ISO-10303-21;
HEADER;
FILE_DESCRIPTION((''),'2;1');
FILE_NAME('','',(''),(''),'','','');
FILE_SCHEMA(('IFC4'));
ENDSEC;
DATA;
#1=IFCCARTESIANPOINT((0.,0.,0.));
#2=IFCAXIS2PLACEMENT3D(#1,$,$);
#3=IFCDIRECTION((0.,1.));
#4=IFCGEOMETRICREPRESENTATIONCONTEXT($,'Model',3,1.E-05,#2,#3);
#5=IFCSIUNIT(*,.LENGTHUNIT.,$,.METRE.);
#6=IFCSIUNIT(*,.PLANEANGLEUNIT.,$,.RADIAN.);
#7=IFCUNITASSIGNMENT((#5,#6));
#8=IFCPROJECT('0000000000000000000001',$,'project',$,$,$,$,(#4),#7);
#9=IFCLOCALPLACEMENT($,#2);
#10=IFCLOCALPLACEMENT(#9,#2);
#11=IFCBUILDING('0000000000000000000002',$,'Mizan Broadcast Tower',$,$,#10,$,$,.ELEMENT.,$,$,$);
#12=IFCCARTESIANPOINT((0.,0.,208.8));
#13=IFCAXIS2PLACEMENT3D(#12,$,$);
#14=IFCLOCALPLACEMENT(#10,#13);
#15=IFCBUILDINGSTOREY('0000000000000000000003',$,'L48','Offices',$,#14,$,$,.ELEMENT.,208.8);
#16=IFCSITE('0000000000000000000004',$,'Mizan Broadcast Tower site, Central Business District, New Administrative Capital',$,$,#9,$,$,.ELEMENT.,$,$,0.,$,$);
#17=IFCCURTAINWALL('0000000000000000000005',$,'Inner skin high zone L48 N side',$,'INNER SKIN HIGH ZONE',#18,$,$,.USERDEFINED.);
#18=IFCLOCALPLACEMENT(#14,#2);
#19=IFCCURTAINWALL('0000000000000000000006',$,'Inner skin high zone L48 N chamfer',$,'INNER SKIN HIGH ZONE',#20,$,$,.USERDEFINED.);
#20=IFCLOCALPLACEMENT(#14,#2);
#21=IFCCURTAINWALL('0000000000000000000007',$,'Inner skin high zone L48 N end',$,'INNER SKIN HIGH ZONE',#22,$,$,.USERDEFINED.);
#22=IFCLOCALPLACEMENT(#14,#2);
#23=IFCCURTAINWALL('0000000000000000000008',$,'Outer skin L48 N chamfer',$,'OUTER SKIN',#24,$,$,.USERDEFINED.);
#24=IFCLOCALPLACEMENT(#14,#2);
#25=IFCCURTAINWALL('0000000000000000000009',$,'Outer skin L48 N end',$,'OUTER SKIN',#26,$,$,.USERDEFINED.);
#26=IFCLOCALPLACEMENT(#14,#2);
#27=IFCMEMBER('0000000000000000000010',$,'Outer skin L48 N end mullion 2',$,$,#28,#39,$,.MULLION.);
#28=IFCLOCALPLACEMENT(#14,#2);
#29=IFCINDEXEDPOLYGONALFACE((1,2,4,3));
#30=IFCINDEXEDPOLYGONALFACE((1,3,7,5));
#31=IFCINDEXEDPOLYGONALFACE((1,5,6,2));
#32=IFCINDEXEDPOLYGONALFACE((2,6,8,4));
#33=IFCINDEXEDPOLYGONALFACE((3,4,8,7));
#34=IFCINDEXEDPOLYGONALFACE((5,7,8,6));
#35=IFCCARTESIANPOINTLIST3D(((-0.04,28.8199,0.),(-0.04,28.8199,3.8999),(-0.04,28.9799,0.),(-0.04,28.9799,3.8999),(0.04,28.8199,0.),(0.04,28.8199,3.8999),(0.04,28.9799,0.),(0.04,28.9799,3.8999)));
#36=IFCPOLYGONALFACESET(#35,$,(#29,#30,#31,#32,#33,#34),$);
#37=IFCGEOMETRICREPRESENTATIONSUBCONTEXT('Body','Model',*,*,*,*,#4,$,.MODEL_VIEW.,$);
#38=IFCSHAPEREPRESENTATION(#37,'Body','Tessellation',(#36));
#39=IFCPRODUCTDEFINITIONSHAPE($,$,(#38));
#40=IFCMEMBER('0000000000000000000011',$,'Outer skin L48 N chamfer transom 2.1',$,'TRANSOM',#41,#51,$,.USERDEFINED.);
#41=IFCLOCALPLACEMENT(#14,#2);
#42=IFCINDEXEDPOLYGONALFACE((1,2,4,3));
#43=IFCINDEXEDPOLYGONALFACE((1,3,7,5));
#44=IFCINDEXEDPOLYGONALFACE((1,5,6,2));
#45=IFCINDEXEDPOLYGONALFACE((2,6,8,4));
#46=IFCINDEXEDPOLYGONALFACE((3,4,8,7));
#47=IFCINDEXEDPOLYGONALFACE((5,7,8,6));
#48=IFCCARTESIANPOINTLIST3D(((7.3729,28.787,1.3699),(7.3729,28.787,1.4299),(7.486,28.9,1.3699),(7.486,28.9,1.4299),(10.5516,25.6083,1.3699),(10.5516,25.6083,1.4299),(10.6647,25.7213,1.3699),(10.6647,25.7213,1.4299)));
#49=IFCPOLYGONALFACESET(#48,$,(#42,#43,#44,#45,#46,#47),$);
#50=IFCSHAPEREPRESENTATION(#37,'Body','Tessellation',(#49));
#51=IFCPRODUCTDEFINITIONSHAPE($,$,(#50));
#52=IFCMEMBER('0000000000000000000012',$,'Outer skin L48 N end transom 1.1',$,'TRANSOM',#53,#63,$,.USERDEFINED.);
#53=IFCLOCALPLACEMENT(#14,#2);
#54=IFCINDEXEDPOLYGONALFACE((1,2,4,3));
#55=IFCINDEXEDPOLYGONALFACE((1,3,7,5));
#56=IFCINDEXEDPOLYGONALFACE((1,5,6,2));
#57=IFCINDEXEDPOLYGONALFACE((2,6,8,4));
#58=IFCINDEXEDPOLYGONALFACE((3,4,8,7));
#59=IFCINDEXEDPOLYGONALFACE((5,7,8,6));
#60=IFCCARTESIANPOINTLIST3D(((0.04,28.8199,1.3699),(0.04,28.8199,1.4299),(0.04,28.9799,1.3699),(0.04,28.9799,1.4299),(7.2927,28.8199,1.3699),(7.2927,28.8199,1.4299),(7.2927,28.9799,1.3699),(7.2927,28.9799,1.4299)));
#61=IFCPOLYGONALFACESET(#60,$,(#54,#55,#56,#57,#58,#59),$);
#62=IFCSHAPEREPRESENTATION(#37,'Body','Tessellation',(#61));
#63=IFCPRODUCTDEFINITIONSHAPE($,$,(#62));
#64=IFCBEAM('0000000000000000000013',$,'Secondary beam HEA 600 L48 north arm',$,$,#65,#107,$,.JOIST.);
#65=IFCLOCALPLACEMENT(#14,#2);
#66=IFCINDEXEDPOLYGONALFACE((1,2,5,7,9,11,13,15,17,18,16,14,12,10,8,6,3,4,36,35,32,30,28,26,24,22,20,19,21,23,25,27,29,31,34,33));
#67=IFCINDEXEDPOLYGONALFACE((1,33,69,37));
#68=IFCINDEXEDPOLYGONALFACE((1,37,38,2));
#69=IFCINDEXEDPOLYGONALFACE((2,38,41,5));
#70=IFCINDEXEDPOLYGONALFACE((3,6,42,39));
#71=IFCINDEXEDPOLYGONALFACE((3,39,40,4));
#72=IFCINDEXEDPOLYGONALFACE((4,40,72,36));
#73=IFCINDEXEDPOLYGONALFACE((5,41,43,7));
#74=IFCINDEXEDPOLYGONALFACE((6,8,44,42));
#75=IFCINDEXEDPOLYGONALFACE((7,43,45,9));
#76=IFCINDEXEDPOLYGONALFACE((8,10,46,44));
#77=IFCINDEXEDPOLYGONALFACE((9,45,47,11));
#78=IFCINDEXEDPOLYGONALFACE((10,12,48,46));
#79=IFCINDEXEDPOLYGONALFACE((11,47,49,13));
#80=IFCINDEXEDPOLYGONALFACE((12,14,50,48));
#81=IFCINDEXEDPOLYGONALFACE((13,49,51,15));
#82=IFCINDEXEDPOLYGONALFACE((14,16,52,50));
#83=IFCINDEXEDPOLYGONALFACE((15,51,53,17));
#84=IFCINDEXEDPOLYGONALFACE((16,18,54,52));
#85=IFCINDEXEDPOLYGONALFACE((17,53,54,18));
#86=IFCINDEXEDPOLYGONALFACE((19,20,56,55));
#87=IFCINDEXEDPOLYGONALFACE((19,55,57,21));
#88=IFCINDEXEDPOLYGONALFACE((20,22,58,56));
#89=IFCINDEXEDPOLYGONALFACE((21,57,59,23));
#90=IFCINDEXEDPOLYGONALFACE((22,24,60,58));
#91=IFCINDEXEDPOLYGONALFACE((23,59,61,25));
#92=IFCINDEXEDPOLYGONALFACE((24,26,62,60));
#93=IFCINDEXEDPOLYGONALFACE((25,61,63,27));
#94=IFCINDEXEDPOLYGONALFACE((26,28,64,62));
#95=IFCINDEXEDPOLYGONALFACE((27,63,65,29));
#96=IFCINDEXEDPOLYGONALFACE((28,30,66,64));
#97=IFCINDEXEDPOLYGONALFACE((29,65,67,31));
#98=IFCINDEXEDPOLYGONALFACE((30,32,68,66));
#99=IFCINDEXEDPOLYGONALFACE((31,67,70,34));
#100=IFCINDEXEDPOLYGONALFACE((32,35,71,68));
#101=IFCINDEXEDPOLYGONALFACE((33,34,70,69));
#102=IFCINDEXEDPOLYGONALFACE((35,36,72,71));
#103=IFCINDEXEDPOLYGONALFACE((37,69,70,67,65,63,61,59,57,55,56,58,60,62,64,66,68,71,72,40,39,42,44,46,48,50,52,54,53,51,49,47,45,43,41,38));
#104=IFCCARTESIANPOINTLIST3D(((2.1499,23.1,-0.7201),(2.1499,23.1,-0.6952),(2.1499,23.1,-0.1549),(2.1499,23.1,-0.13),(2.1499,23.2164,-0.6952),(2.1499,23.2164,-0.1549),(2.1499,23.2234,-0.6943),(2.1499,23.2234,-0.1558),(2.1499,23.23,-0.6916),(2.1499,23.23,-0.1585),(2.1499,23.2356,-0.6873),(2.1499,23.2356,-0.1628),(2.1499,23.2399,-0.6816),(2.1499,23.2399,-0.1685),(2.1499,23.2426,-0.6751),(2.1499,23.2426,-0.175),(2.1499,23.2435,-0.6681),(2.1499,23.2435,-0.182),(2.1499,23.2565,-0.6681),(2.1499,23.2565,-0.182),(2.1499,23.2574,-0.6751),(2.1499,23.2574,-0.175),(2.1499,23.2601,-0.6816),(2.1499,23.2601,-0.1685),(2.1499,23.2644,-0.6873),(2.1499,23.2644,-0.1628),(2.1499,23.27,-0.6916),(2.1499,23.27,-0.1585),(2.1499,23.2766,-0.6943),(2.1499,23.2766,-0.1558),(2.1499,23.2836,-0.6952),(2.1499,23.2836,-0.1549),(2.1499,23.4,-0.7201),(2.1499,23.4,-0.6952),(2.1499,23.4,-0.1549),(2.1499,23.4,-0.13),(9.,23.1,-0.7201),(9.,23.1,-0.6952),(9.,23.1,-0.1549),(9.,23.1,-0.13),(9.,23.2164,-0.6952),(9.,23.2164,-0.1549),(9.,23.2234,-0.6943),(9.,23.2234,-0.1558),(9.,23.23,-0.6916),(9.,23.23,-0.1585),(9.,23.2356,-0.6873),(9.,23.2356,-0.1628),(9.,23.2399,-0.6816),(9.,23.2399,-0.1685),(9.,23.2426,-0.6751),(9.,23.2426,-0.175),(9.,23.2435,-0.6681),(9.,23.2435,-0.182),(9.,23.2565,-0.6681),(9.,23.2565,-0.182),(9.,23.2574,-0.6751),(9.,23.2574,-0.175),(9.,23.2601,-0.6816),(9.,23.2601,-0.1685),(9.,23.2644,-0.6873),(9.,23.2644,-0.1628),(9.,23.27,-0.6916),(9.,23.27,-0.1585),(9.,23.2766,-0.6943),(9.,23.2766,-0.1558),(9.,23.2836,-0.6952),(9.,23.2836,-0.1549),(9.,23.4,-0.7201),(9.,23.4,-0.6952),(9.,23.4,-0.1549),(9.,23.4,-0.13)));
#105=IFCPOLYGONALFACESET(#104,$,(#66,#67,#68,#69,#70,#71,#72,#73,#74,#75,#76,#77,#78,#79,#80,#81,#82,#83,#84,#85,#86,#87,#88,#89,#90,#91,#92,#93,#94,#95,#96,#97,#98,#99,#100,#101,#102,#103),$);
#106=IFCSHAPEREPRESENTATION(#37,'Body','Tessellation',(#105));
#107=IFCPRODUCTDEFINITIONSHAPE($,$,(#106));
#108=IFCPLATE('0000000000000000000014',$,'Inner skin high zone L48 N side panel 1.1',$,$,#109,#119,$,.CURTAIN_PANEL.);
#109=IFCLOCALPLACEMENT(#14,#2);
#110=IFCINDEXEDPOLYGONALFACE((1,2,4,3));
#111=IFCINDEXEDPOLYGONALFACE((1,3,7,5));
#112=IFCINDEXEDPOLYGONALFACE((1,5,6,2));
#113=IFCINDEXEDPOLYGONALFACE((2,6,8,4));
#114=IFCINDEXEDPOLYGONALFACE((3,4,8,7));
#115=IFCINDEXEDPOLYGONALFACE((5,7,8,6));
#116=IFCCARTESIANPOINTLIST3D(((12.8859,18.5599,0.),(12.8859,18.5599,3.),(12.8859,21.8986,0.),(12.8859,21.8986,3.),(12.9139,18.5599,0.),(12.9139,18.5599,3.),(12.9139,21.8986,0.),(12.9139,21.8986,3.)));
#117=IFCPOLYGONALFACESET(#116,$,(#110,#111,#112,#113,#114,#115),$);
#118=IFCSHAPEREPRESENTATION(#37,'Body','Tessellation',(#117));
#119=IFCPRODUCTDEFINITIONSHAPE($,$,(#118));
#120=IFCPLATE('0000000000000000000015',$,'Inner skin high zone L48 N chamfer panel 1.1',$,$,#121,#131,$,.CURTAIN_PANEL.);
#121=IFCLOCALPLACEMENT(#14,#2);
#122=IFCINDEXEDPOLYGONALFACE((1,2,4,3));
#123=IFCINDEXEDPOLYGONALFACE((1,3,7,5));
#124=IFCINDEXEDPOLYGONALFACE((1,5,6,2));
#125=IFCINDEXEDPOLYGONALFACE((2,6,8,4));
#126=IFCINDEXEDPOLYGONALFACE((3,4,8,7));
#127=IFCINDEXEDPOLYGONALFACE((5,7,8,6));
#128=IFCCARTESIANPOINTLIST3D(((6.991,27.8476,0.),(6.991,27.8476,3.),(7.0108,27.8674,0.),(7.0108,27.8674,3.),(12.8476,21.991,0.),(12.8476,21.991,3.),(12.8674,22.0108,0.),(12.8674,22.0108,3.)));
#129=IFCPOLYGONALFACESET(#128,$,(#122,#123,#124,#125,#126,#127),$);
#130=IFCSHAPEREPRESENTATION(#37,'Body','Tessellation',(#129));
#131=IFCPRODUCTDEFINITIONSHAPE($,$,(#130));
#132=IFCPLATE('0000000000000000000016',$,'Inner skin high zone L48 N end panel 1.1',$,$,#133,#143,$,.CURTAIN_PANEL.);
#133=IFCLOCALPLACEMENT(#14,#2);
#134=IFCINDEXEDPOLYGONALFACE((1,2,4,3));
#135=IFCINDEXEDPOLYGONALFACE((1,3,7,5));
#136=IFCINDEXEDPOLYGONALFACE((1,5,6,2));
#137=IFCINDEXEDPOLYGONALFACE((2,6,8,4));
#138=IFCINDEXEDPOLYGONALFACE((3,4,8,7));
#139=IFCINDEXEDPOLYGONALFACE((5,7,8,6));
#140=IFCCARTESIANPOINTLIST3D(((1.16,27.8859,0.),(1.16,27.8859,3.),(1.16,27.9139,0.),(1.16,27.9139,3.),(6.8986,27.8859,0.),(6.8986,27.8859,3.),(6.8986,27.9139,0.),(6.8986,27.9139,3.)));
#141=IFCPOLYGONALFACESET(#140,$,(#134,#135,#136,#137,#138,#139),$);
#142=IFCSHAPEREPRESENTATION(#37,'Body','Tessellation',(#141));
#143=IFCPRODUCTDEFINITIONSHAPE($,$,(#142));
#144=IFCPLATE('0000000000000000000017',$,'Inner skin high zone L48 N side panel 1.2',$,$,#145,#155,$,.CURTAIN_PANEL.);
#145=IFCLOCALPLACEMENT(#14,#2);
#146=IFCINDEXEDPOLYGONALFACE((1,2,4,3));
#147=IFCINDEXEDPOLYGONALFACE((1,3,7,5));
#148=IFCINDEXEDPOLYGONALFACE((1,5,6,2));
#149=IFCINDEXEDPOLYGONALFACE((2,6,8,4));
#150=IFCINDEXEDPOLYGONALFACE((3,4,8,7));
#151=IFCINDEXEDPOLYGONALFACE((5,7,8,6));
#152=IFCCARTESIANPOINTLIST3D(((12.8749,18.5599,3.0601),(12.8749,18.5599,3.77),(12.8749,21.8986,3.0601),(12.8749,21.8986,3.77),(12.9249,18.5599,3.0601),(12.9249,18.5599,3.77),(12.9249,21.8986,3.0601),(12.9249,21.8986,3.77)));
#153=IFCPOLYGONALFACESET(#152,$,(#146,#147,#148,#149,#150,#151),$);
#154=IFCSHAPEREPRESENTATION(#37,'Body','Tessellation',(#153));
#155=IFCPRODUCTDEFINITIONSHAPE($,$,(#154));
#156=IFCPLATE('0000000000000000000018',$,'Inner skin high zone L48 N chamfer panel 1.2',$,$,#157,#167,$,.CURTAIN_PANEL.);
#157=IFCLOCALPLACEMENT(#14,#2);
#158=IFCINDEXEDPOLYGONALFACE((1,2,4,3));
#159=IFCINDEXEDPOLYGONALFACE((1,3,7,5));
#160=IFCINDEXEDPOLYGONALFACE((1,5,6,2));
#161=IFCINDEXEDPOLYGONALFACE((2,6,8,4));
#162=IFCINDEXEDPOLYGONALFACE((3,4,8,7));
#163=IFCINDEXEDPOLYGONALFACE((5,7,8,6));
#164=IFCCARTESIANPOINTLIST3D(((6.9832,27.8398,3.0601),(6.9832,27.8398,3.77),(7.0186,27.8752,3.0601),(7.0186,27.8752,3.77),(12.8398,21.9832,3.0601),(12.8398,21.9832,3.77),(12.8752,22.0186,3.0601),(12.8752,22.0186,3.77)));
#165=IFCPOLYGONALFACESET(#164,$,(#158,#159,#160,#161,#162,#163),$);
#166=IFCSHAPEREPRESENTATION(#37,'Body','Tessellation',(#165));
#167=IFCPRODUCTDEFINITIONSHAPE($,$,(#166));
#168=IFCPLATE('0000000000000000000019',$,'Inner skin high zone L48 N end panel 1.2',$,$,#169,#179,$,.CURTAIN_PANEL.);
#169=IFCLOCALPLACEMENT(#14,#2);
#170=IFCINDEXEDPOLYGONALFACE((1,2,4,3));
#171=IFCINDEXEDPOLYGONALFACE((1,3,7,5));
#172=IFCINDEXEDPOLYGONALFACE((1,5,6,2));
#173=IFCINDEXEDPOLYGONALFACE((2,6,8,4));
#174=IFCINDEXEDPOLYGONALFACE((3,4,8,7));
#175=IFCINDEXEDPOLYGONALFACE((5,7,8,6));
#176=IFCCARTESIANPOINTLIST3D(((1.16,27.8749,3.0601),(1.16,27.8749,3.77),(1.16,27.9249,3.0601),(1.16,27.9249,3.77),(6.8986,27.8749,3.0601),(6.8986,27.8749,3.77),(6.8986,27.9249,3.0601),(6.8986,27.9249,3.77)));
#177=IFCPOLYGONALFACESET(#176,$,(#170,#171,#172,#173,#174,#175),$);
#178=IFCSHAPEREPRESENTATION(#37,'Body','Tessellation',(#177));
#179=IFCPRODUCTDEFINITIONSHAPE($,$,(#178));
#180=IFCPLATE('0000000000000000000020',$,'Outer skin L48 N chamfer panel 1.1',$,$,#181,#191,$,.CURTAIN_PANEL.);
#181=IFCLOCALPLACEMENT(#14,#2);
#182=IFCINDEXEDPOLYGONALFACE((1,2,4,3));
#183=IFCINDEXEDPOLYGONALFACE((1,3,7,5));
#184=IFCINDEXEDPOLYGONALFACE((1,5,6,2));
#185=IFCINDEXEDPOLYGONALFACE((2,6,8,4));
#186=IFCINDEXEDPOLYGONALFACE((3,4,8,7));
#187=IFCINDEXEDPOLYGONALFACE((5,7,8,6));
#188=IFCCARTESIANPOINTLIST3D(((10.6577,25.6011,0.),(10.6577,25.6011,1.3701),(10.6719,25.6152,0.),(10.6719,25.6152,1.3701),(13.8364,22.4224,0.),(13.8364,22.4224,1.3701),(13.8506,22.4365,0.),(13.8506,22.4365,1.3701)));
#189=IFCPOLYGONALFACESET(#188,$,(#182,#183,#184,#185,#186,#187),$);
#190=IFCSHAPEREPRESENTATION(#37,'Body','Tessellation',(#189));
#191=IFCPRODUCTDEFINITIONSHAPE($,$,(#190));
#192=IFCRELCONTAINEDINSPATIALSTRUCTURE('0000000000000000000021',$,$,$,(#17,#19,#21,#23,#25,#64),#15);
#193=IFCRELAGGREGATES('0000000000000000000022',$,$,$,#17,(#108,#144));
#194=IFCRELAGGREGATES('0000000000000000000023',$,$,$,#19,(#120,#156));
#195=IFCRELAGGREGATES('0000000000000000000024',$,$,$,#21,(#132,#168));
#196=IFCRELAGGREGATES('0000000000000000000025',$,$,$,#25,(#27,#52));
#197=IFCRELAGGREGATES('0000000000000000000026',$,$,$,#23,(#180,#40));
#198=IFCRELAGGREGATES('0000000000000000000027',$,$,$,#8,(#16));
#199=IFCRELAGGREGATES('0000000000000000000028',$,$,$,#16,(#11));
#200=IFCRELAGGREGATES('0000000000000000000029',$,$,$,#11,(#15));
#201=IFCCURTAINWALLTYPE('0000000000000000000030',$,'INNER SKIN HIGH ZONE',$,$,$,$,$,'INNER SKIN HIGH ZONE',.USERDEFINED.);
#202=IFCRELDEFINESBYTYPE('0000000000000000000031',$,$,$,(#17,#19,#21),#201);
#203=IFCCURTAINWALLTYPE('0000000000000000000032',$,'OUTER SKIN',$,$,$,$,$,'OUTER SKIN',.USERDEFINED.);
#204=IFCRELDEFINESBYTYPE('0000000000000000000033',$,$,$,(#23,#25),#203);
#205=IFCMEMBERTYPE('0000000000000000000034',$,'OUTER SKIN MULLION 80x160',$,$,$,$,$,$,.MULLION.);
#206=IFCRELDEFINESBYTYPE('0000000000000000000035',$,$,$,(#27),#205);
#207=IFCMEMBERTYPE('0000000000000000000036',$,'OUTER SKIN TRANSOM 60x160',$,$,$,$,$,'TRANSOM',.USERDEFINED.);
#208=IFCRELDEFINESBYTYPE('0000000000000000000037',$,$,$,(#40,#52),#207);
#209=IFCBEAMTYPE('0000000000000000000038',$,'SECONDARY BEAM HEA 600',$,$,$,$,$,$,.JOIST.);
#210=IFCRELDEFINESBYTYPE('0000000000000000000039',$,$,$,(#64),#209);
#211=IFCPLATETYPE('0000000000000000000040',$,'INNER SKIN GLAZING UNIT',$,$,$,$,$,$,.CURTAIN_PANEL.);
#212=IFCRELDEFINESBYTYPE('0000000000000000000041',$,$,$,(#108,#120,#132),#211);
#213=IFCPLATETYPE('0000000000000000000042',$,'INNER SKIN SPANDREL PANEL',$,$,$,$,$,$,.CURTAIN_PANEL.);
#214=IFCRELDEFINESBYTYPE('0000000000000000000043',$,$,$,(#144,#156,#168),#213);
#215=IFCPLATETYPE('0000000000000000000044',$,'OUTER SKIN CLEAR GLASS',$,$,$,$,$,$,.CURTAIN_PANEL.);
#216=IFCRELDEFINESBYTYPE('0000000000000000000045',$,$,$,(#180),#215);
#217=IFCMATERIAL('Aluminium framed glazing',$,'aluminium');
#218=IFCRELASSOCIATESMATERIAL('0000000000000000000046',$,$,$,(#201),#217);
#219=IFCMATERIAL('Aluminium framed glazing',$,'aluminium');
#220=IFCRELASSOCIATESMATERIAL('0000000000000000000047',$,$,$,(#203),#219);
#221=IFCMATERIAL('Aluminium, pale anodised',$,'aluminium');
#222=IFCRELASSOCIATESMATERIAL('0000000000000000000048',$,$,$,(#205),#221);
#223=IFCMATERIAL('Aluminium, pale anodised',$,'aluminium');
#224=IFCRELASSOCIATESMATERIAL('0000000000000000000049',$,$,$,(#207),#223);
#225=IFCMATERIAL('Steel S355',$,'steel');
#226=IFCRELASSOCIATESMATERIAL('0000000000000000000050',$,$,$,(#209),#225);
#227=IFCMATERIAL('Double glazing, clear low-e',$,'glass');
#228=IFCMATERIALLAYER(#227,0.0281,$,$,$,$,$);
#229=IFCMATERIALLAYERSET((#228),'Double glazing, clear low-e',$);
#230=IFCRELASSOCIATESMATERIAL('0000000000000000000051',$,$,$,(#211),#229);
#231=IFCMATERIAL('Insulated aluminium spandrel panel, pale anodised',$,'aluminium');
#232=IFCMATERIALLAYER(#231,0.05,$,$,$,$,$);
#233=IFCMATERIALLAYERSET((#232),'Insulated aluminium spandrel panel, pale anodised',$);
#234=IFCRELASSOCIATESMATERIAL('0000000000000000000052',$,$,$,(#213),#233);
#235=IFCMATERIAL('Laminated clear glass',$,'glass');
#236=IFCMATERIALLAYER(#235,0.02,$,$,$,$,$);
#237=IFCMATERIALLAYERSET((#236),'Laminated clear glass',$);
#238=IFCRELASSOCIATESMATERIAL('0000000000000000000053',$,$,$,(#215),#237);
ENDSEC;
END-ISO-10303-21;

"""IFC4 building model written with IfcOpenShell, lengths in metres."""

from ifc_helpers import new_model, si_unit, direction, frame, origin, origin_2d, place, context, subcontext, project, spatial, rectangle, i_section, extrude, material, layer, layer_set, material_profile, profile_set, type_object, element, aggregate, save


model = new_model("IFC4")

# Units and contexts
model_context = context("Model", 3, precision=1e-05, world=origin(), true_north=direction((0.0, 1.0)))
body_context = subcontext(model_context, "Body", "Model", "MODEL_VIEW")
ifc_project = project(units=[si_unit("LENGTHUNIT", "METRE"), si_unit("PLANEANGLEUNIT", "RADIAN")], contexts=[model_context])

# Site, building, storey
site_placement = place(None, origin())
site = spatial("IfcSite", under=ifc_project, at=site_placement, Name="Mizan Broadcast Tower site, Central Business District, New Administrative Capital", CompositionType="ELEMENT", RefElevation=0.0)
building_placement = place(site_placement, origin())
building = spatial("IfcBuilding", under=site, at=building_placement, Name="Mizan Broadcast Tower", CompositionType="ELEMENT")
storey_placement = place(building_placement, frame((0.0, 0.0, 208.8)))
storey = spatial("IfcBuildingStorey", under=building, at=storey_placement, Name="L48", Description="Offices", CompositionType="ELEMENT", Elevation=208.8)

# Curtain walls
ifc_material_1 = material(Name="Aluminium framed glazing", Category="aluminium")
curtain_wall_type_1 = type_object("IfcCurtainWallType", Name="INNER SKIN HIGH ZONE", ElementType="INNER SKIN HIGH ZONE", PredefinedType="USERDEFINED", material=ifc_material_1)
curtain_wall_1_placement = place(storey_placement, origin())
curtain_wall_1 = element("IfcCurtainWall", 1, at=curtain_wall_1_placement, inside=storey, type_object=curtain_wall_type_1, Name="Inner skin high zone L48 N side", ObjectType="INNER SKIN HIGH ZONE", PredefinedType="USERDEFINED")
curtain_wall_2_placement = place(storey_placement, origin())
curtain_wall_2 = element("IfcCurtainWall", 2, at=curtain_wall_2_placement, inside=storey, type_object=curtain_wall_type_1, Name="Inner skin high zone L48 N chamfer", ObjectType="INNER SKIN HIGH ZONE", PredefinedType="USERDEFINED")
curtain_wall_3_placement = place(storey_placement, origin())
curtain_wall_3 = element("IfcCurtainWall", 3, at=curtain_wall_3_placement, inside=storey, type_object=curtain_wall_type_1, Name="Inner skin high zone L48 N end", ObjectType="INNER SKIN HIGH ZONE", PredefinedType="USERDEFINED")

# Curtain wall
ifc_material_2 = material(Name="Aluminium framed glazing", Category="aluminium")
curtain_wall_type_2 = type_object("IfcCurtainWallType", Name="OUTER SKIN", ElementType="OUTER SKIN", PredefinedType="USERDEFINED", material=ifc_material_2)
curtain_wall_4_placement = place(storey_placement, origin())
curtain_wall_4 = element("IfcCurtainWall", 4, at=curtain_wall_4_placement, inside=storey, type_object=curtain_wall_type_2, Name="Outer skin L48 N chamfer", ObjectType="OUTER SKIN", PredefinedType="USERDEFINED")
ifc_material_3 = material(Name="Aluminium, pale anodised", Category="aluminium")
ifc_material_profile_1 = material_profile(ifc_material_3, rectangle(XDim=0.1599, YDim=0.0801, at=origin_2d()), Name="MULLION 160x80")
ifc_profile_set_1 = profile_set([ifc_material_profile_1], Name="Aluminium, pale anodised")
member_type_1 = type_object("IfcMemberType", Name="OUTER SKIN MULLION 80x160", PredefinedType="MULLION", material=ifc_profile_set_1)

# Curtain wall, member
curtain_wall_5_placement = place(storey_placement, origin())
curtain_wall_5 = element("IfcCurtainWall", 5, at=curtain_wall_5_placement, inside=storey, type_object=curtain_wall_type_2, Name="Outer skin L48 N end", ObjectType="OUTER SKIN", PredefinedType="USERDEFINED")
member_1_placement = place(storey_placement, frame((0.0, 28.8999, 0.0), z_axis=(0.0, 0.0, 1.0), x_axis=(0.0, -1.0, 0.0)))
member_1 = element("IfcMember", 6, at=member_1_placement, type_object=member_type_1, Name="Outer skin L48 N end mullion 2", PredefinedType="MULLION", context=body_context, shape_type="SweptSolid", body=[
    extrude(rectangle(XDim=0.1599, YDim=0.0801, at=origin_2d()), origin(), (0.0, 0.0, 1.0), 3.8999),
])

# Members
ifc_material_4 = material(Name="Aluminium, pale anodised", Category="aluminium")
ifc_material_profile_2 = material_profile(ifc_material_4, rectangle(XDim=0.1599, YDim=0.0601, at=origin_2d()), Name="TRANSOM 160x60")
ifc_profile_set_2 = profile_set([ifc_material_profile_2], Name="Aluminium, pale anodised")
member_type_2 = type_object("IfcMemberType", Name="OUTER SKIN TRANSOM 60x160", ElementType="TRANSOM", PredefinedType="USERDEFINED", material=ifc_profile_set_2)
member_2_placement = place(storey_placement, frame((10.6082, 25.6648, 1.3999), z_axis=(-0.707107, 0.707107, 0.0), x_axis=(-0.707107, -0.707107, 0.0)))
member_2 = element("IfcMember", 7, at=member_2_placement, type_object=member_type_2, Name="Outer skin L48 N chamfer transom 2.1", ObjectType="TRANSOM", PredefinedType="USERDEFINED", context=body_context, shape_type="SweptSolid", body=[
    extrude(rectangle(XDim=0.1599, YDim=0.0601, at=origin_2d()), origin(), (0.0, 0.0, 1.0), 4.4954),
])
member_3_placement = place(storey_placement, frame((7.2927, 28.8999, 1.3999), z_axis=(-1.0, 0.0, 0.0), x_axis=(0.0, -1.0, 0.0)))
member_3 = element("IfcMember", 8, at=member_3_placement, type_object=member_type_2, Name="Outer skin L48 N end transom 1.1", ObjectType="TRANSOM", PredefinedType="USERDEFINED", context=body_context, shape_type="SweptSolid", body=[
    extrude(rectangle(XDim=0.1599, YDim=0.0601, at=origin_2d()), origin(), (0.0, 0.0, 1.0), 7.2527),
])

# Beam
ifc_material_5 = material(Name="Steel S355", Category="steel")
ifc_material_profile_3 = material_profile(ifc_material_5, i_section(OverallWidth=0.3, OverallDepth=0.5901, WebThickness=0.0129, FlangeThickness=0.0249, FilletRadius=0.0271, at=origin_2d()), Name="HEA 600")
ifc_profile_set_3 = profile_set([ifc_material_profile_3], Name="Steel S355")
beam_type_1 = type_object("IfcBeamType", Name="SECONDARY BEAM HEA 600", PredefinedType="JOIST", material=ifc_profile_set_3)
beam_1_placement = place(storey_placement, frame((9.0, 23.25, -0.425), z_axis=(-1.0, 0.0, 0.0), x_axis=(0.0, -1.0, 0.0)))
element("IfcBeam", 9, at=beam_1_placement, inside=storey, type_object=beam_type_1, Name="Secondary beam HEA 600 L48 north arm", PredefinedType="JOIST", context=body_context, shape_type="SweptSolid", body=[
    extrude(i_section(OverallWidth=0.3, OverallDepth=0.5901, WebThickness=0.0129, FlangeThickness=0.0249, FilletRadius=0.0271, at=origin_2d()), origin(), (0.0, 0.0, 1.0), 6.8501),
])

# Plates
ifc_material_6 = material(Name="Double glazing, clear low-e", Category="glass")
ifc_layer_1 = layer(ifc_material_6, 0.0281)
ifc_layer_set_1 = layer_set([ifc_layer_1], Name="Double glazing, clear low-e")
plate_type_1 = type_object("IfcPlateType", Name="INNER SKIN GLAZING UNIT", PredefinedType="CURTAIN_PANEL", material=ifc_layer_set_1)
plate_1_placement = place(storey_placement, frame((12.8999, 20.2292, 0.0), z_axis=(0.0, 0.0, 1.0), x_axis=(0.0, 1.0, 0.0)))
plate_1 = element("IfcPlate", 10, at=plate_1_placement, type_object=plate_type_1, Name="Inner skin high zone L48 N side panel 1.1", PredefinedType="CURTAIN_PANEL", context=body_context, shape_type="SweptSolid", body=[
    extrude(rectangle(XDim=3.3386, YDim=0.0281, at=origin_2d()), origin(), (0.0, 0.0, 1.0), 3.0),
])
plate_2_placement = place(storey_placement, frame((9.9292, 24.9292, 0.0), z_axis=(0.0, 0.0, 1.0), x_axis=(-0.707107, 0.707107, 0.0)))
plate_2 = element("IfcPlate", 11, at=plate_2_placement, type_object=plate_type_1, Name="Inner skin high zone L48 N chamfer panel 1.1", PredefinedType="CURTAIN_PANEL", context=body_context, shape_type="SweptSolid", body=[
    extrude(rectangle(XDim=8.2825, YDim=0.0281, at=origin_2d()), origin(), (0.0, 0.0, 1.0), 3.0),
])
plate_3_placement = place(storey_placement, frame((4.0293, 27.8999, 0.0), z_axis=(0.0, 0.0, 1.0), x_axis=(-1.0, 0.0, 0.0)))
plate_3 = element("IfcPlate", 12, at=plate_3_placement, type_object=plate_type_1, Name="Inner skin high zone L48 N end panel 1.1", PredefinedType="CURTAIN_PANEL", context=body_context, shape_type="SweptSolid", body=[
    extrude(rectangle(XDim=5.7385, YDim=0.0281, at=origin_2d()), origin(), (0.0, 0.0, 1.0), 3.0),
])
ifc_material_7 = material(Name="Insulated aluminium spandrel panel, pale anodised", Category="aluminium")
ifc_layer_2 = layer(ifc_material_7, 0.05)
ifc_layer_set_2 = layer_set([ifc_layer_2], Name="Insulated aluminium spandrel panel, pale anodised")
plate_type_2 = type_object("IfcPlateType", Name="INNER SKIN SPANDREL PANEL", PredefinedType="CURTAIN_PANEL", material=ifc_layer_set_2)
plate_4_placement = place(storey_placement, frame((12.8999, 20.2292, 3.0601), z_axis=(0.0, 0.0, 1.0), x_axis=(0.0, 1.0, 0.0)))
plate_4 = element("IfcPlate", 13, at=plate_4_placement, type_object=plate_type_2, Name="Inner skin high zone L48 N side panel 1.2", PredefinedType="CURTAIN_PANEL", context=body_context, shape_type="SweptSolid", body=[
    extrude(rectangle(XDim=3.3386, YDim=0.05, at=origin_2d()), origin(), (0.0, 0.0, 1.0), 0.71),
])
aggregate(curtain_wall_1, [plate_1, plate_4])
plate_5_placement = place(storey_placement, frame((9.9292, 24.9292, 3.0601), z_axis=(0.0, 0.0, 1.0), x_axis=(-0.707107, 0.707107, 0.0)))
plate_5 = element("IfcPlate", 14, at=plate_5_placement, type_object=plate_type_2, Name="Inner skin high zone L48 N chamfer panel 1.2", PredefinedType="CURTAIN_PANEL", context=body_context, shape_type="SweptSolid", body=[
    extrude(rectangle(XDim=8.2825, YDim=0.05, at=origin_2d()), origin(), (0.0, 0.0, 1.0), 0.71),
])
aggregate(curtain_wall_2, [plate_2, plate_5])
plate_6_placement = place(storey_placement, frame((4.0293, 27.8999, 3.0601), z_axis=(0.0, 0.0, 1.0), x_axis=(-1.0, 0.0, 0.0)))
plate_6 = element("IfcPlate", 15, at=plate_6_placement, type_object=plate_type_2, Name="Inner skin high zone L48 N end panel 1.2", PredefinedType="CURTAIN_PANEL", context=body_context, shape_type="SweptSolid", body=[
    extrude(rectangle(XDim=5.7385, YDim=0.05, at=origin_2d()), origin(), (0.0, 0.0, 1.0), 0.71),
])
aggregate(curtain_wall_3, [plate_3, plate_6])
ifc_material_8 = material(Name="Laminated clear glass", Category="glass")
ifc_layer_3 = layer(ifc_material_8, 0.02)
ifc_layer_set_3 = layer_set([ifc_layer_3], Name="Laminated clear glass")
plate_type_3 = type_object("IfcPlateType", Name="OUTER SKIN CLEAR GLASS", PredefinedType="CURTAIN_PANEL", material=ifc_layer_set_3)
plate_7_placement = place(storey_placement, frame((12.2542, 24.0188, 0.0), z_axis=(0.0, 0.0, 1.0), x_axis=(-0.707107, 0.707107, 0.0)))
plate_7 = element("IfcPlate", 16, at=plate_7_placement, type_object=plate_type_3, Name="Outer skin L48 N chamfer panel 1.1", PredefinedType="CURTAIN_PANEL", context=body_context, shape_type="SweptSolid", body=[
    extrude(rectangle(XDim=4.4954, YDim=0.02, at=origin_2d()), origin(), (0.0, 0.0, 1.0), 1.3701),
])
aggregate(curtain_wall_5, [member_1, member_3])
aggregate(curtain_wall_4, [plate_7, member_2])

save(model, "model.ifc")
